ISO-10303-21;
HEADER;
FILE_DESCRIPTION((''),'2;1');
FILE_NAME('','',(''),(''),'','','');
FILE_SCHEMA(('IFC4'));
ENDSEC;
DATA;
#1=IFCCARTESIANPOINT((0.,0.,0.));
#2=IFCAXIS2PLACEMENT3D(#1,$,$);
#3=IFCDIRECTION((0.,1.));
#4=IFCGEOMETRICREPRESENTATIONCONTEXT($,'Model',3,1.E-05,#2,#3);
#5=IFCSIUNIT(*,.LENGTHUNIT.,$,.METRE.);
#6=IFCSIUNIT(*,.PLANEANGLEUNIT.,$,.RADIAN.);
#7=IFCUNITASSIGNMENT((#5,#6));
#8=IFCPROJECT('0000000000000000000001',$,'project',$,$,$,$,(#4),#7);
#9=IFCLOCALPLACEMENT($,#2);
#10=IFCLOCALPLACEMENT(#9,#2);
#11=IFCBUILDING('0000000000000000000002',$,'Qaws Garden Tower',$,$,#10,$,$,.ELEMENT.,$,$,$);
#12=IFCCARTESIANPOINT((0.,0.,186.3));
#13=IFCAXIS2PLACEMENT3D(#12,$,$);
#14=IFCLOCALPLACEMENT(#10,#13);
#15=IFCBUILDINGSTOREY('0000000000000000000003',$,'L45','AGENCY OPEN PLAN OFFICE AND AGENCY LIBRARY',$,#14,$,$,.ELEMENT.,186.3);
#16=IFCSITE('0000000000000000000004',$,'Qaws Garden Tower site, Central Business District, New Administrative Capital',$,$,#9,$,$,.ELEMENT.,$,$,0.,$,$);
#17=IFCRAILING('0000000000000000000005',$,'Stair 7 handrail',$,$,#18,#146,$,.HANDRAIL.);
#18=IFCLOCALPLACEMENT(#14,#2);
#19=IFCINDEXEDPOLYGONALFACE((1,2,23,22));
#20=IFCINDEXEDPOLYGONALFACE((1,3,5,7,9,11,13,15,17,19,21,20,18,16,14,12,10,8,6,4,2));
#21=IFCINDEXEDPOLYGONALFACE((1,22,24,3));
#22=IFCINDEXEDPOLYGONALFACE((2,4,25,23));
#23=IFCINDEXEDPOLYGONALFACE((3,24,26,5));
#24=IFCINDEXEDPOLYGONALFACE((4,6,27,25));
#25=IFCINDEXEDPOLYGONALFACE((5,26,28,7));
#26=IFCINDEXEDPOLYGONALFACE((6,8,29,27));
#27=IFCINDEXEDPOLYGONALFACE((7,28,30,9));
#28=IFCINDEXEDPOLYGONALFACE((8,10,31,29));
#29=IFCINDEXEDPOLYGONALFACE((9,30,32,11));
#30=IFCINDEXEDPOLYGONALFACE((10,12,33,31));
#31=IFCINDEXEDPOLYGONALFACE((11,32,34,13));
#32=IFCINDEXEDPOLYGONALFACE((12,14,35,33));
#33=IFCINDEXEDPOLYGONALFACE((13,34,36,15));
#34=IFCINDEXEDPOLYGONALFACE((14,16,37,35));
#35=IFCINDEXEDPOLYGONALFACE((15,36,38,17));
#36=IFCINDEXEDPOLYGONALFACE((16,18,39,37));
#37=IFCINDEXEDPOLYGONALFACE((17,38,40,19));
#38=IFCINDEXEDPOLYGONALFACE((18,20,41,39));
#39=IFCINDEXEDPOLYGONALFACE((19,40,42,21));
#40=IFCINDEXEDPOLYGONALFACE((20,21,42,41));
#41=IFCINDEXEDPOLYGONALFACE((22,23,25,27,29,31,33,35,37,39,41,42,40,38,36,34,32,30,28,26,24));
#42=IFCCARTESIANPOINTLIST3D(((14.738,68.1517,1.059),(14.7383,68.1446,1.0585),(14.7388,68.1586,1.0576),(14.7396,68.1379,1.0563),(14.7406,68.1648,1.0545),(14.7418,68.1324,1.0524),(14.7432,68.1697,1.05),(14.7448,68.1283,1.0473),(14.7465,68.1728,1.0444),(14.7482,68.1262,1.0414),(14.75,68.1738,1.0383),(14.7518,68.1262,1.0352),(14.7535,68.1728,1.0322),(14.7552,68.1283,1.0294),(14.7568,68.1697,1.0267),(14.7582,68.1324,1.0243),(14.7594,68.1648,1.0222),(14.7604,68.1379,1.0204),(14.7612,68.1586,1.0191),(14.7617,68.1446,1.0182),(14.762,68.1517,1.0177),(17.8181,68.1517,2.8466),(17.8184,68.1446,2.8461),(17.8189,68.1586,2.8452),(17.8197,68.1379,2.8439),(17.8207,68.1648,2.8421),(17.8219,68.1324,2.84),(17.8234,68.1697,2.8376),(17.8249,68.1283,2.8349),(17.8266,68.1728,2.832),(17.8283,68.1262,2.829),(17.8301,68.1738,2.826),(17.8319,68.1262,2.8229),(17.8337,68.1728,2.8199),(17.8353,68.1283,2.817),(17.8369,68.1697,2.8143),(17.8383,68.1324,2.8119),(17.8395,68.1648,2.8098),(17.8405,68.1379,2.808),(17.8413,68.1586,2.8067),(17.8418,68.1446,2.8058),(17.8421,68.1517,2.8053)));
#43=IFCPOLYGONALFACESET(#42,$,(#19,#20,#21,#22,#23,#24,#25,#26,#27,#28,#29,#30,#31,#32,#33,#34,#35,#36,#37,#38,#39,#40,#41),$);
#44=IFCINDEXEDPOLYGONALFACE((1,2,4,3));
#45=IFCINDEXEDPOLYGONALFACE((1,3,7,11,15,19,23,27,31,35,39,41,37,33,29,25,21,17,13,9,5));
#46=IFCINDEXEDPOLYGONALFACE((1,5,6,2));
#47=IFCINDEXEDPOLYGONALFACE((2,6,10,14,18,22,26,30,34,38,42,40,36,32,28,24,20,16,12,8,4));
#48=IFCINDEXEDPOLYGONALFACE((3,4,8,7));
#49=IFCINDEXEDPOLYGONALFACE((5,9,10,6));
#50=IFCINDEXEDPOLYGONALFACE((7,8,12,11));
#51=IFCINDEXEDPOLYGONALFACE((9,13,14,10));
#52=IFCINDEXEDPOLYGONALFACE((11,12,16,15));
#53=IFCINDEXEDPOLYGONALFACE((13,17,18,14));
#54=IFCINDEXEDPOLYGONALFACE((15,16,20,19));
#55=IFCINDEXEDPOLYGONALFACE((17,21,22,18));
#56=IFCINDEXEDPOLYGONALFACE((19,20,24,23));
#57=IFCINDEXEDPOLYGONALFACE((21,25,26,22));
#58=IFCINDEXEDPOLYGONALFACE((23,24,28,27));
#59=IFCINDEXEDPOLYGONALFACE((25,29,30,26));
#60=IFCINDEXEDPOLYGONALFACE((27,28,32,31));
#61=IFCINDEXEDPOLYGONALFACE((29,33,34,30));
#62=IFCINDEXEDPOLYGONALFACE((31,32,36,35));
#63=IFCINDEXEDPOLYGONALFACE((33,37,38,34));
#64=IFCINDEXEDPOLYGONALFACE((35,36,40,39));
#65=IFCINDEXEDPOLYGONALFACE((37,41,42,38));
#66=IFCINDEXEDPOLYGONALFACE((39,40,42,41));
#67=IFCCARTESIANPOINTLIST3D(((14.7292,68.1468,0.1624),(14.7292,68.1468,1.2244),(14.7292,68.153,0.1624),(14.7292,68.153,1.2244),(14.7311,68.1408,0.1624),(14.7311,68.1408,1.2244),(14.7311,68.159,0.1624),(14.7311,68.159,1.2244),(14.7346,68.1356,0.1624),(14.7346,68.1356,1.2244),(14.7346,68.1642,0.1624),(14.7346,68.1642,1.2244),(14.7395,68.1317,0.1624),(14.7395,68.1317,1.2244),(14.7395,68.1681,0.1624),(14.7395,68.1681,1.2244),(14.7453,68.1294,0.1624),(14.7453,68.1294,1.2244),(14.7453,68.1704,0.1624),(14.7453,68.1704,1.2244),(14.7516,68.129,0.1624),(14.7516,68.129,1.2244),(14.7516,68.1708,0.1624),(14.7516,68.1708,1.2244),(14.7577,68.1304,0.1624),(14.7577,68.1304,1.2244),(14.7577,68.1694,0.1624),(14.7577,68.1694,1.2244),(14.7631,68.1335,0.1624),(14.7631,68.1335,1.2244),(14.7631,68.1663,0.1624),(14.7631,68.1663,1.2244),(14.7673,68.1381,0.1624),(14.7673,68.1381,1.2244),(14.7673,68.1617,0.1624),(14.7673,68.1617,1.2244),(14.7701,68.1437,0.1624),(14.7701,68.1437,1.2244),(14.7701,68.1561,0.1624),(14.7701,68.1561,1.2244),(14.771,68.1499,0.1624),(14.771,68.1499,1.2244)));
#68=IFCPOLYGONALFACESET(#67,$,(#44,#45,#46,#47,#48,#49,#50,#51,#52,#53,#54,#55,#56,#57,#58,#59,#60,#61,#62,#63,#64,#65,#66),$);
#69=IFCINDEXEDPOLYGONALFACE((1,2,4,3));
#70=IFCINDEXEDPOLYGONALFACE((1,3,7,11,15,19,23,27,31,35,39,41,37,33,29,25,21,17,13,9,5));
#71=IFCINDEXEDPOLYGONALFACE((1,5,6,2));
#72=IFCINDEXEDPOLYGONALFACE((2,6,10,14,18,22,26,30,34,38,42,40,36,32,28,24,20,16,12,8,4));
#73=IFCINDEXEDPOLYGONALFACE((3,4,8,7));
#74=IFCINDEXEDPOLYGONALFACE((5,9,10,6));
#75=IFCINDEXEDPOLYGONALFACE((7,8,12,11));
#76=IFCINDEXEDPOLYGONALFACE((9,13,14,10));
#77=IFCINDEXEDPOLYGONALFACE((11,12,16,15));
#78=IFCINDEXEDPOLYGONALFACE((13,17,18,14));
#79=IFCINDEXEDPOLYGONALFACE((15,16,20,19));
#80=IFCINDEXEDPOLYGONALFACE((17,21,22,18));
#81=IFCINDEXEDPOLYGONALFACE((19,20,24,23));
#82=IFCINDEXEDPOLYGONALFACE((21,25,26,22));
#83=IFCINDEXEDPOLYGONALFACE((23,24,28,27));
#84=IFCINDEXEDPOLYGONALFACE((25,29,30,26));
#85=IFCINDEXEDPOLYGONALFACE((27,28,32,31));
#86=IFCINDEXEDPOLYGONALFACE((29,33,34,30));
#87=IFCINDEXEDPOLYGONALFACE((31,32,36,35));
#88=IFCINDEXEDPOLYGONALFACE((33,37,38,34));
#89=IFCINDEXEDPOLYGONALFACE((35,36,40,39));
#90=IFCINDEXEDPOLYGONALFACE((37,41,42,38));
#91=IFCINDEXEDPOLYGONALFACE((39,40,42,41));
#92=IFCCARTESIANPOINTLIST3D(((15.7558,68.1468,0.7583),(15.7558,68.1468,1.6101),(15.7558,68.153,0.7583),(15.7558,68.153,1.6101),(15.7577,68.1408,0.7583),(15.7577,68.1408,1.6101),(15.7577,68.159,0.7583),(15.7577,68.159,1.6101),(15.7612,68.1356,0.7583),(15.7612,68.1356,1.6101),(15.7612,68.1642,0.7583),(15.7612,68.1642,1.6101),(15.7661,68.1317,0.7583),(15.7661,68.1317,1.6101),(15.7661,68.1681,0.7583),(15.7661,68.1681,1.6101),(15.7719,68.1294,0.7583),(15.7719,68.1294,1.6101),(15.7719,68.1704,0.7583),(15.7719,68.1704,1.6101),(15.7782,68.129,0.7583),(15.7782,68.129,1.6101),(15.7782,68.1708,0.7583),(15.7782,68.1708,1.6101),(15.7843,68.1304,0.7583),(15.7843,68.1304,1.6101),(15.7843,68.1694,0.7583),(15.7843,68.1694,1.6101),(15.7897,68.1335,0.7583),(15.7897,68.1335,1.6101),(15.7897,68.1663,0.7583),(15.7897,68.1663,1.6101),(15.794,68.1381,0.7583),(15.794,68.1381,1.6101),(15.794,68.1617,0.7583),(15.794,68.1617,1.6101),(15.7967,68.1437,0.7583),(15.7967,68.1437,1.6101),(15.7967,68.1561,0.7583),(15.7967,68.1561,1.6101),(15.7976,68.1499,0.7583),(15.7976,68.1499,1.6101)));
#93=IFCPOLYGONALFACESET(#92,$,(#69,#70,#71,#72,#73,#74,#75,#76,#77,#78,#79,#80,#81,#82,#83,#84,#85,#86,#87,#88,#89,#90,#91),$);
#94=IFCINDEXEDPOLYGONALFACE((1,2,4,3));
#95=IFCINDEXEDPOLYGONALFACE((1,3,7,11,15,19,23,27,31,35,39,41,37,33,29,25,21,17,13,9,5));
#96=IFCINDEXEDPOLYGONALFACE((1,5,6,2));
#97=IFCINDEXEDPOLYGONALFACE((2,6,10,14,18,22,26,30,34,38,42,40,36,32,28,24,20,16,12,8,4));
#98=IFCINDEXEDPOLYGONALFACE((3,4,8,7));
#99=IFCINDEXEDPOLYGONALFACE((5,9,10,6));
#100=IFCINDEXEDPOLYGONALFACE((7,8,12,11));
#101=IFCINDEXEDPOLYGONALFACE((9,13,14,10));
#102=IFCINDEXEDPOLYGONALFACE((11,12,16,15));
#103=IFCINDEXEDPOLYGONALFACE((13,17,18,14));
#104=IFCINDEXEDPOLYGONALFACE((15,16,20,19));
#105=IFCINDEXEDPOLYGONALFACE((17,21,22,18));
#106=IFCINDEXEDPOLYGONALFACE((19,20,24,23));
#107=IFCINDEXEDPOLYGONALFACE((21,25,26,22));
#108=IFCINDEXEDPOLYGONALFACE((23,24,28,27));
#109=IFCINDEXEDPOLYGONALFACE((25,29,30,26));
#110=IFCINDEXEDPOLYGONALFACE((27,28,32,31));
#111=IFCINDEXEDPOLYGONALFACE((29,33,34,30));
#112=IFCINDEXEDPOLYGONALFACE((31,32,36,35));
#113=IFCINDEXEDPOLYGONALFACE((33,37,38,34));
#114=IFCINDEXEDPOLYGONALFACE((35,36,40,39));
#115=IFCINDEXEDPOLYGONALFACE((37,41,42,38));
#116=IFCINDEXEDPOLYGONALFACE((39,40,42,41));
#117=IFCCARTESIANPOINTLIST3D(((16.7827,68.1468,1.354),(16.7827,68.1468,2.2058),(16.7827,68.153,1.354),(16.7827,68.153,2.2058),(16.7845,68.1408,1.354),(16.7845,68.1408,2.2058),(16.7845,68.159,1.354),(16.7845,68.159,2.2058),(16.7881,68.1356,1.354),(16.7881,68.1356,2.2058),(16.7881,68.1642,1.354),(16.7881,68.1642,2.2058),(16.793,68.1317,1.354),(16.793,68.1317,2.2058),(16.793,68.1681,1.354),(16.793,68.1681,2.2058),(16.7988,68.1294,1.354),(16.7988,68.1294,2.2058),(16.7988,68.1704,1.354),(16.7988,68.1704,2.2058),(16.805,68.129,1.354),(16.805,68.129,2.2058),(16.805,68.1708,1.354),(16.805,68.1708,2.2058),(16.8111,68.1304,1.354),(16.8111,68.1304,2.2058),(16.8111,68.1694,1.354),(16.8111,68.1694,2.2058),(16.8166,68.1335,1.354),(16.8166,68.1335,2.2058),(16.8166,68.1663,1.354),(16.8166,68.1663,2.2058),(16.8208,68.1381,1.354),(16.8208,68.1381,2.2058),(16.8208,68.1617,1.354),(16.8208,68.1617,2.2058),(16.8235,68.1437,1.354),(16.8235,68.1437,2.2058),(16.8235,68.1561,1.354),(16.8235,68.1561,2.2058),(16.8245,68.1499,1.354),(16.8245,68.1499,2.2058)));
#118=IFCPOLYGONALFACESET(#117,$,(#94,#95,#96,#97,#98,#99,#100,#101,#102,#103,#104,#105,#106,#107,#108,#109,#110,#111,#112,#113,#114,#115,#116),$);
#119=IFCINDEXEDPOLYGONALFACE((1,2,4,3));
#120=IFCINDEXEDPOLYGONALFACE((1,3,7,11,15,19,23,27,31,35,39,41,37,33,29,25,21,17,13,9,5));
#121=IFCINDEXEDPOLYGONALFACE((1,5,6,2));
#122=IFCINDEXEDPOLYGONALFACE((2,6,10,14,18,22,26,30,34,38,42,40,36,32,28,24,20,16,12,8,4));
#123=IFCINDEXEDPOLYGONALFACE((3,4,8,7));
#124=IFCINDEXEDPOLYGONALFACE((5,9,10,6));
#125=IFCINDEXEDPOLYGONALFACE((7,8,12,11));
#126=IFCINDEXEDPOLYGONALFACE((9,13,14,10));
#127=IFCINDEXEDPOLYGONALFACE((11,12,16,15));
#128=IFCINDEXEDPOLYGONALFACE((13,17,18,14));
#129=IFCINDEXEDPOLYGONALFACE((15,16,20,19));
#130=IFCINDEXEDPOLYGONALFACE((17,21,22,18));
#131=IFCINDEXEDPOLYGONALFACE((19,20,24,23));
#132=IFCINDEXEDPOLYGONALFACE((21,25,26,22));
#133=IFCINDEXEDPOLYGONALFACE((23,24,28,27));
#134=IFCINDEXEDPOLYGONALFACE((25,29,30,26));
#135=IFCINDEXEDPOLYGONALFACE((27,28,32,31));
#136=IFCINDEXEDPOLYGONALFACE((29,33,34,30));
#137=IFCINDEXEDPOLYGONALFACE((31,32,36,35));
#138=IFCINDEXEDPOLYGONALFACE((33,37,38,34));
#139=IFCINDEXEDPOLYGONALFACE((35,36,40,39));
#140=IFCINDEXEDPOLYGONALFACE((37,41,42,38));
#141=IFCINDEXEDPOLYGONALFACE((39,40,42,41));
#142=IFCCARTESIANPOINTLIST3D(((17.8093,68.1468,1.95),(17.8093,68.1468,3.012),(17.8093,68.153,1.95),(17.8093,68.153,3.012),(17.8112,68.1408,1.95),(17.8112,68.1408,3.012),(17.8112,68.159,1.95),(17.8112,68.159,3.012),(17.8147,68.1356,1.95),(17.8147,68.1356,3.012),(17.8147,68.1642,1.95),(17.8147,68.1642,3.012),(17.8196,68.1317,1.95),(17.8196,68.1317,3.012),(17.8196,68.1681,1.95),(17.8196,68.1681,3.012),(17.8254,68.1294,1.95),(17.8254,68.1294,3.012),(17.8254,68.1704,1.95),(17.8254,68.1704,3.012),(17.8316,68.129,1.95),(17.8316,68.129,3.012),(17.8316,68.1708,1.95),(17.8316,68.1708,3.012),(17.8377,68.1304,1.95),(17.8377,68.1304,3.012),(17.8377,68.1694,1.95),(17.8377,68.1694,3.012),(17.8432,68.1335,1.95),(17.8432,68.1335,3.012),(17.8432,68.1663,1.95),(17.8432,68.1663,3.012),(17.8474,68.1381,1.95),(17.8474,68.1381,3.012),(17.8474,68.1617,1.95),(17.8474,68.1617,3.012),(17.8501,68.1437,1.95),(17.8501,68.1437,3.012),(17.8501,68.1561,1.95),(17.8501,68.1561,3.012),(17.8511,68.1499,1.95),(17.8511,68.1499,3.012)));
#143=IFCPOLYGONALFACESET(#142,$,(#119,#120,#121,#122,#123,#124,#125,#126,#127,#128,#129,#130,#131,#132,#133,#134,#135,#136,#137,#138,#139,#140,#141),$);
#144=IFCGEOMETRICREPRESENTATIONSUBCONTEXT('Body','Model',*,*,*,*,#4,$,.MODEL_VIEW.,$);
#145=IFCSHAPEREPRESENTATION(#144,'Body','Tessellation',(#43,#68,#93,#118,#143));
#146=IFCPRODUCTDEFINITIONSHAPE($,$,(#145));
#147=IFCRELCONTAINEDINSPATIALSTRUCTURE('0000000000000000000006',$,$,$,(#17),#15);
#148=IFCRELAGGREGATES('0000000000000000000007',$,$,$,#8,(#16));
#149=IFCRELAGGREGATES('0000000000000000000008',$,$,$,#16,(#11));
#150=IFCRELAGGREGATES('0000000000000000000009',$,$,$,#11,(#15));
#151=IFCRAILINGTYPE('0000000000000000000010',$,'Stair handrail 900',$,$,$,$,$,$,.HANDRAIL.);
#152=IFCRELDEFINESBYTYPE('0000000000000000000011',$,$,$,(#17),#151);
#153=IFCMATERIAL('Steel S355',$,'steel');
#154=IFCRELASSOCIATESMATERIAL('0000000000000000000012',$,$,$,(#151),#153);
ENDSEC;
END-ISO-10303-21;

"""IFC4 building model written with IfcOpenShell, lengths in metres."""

from ifc_helpers import new_model, si_unit, direction, frame, origin, origin_2d, place, context, subcontext, project, spatial, circle, extrude, material, type_object, element, save


model = new_model("IFC4")

# Units and contexts
model_context = context("Model", 3, precision=1e-05, world=origin(), true_north=direction((0.0, 1.0)))
body_context = subcontext(model_context, "Body", "Model", "MODEL_VIEW")
ifc_project = project(units=[si_unit("LENGTHUNIT", "METRE"), si_unit("PLANEANGLEUNIT", "RADIAN")], contexts=[model_context])

# Site, building, storey
site_placement = place(None, origin())
site = spatial("IfcSite", under=ifc_project, at=site_placement, Name="Qaws Garden Tower site, Central Business District, New Administrative Capital", CompositionType="ELEMENT", RefElevation=0.0)
building_placement = place(site_placement, origin())
building = spatial("IfcBuilding", under=site, at=building_placement, Name="Qaws Garden Tower", CompositionType="ELEMENT")
storey_placement = place(building_placement, frame((0.0, 0.0, 186.3)))
storey = spatial("IfcBuildingStorey", under=building, at=storey_placement, Name="L45", Description="AGENCY OPEN PLAN OFFICE AND AGENCY LIBRARY", CompositionType="ELEMENT", Elevation=186.3)

# Railing
ifc_material_1 = material(Name="Steel S355", Category="steel")
railing_type = type_object("IfcRailingType", Name="Stair handrail 900", PredefinedType="HANDRAIL", material=ifc_material_1)
railing_1_placement = place(storey_placement, frame((14.75, 68.1499, 0.1624)))
element("IfcRailing", 1, at=railing_1_placement, inside=storey, type_object=railing_type, Name="Stair 7 handrail", PredefinedType="HANDRAIL", context=body_context, shape_type="SweptSolid", body=[
    extrude(circle(Radius=0.0239, at=origin_2d()), frame((0.0, 0.0, 0.876), z_axis=(0.864891, 0.0, 0.50196), x_axis=(0.0, 1.0, 0.0)), (0.0, 0.0, 1.0), 3.5613),
    extrude(circle(Radius=0.021, at=origin_2d()), origin(), (0.0, 0.0, 1.0), 1.062),
    extrude(circle(Radius=0.021, at=origin_2d()), frame((1.0266, 0.0, 0.5959)), (0.0, 0.0, 1.0), 0.8518),
    extrude(circle(Radius=0.021, at=origin_2d()), frame((2.0535, 0.0, 1.1917)), (0.0, 0.0, 1.0), 0.8518),
    extrude(circle(Radius=0.021, at=origin_2d()), frame((3.0801, 0.0, 1.7876)), (0.0, 0.0, 1.0), 1.062),
])

save(model, "model.ifc")
